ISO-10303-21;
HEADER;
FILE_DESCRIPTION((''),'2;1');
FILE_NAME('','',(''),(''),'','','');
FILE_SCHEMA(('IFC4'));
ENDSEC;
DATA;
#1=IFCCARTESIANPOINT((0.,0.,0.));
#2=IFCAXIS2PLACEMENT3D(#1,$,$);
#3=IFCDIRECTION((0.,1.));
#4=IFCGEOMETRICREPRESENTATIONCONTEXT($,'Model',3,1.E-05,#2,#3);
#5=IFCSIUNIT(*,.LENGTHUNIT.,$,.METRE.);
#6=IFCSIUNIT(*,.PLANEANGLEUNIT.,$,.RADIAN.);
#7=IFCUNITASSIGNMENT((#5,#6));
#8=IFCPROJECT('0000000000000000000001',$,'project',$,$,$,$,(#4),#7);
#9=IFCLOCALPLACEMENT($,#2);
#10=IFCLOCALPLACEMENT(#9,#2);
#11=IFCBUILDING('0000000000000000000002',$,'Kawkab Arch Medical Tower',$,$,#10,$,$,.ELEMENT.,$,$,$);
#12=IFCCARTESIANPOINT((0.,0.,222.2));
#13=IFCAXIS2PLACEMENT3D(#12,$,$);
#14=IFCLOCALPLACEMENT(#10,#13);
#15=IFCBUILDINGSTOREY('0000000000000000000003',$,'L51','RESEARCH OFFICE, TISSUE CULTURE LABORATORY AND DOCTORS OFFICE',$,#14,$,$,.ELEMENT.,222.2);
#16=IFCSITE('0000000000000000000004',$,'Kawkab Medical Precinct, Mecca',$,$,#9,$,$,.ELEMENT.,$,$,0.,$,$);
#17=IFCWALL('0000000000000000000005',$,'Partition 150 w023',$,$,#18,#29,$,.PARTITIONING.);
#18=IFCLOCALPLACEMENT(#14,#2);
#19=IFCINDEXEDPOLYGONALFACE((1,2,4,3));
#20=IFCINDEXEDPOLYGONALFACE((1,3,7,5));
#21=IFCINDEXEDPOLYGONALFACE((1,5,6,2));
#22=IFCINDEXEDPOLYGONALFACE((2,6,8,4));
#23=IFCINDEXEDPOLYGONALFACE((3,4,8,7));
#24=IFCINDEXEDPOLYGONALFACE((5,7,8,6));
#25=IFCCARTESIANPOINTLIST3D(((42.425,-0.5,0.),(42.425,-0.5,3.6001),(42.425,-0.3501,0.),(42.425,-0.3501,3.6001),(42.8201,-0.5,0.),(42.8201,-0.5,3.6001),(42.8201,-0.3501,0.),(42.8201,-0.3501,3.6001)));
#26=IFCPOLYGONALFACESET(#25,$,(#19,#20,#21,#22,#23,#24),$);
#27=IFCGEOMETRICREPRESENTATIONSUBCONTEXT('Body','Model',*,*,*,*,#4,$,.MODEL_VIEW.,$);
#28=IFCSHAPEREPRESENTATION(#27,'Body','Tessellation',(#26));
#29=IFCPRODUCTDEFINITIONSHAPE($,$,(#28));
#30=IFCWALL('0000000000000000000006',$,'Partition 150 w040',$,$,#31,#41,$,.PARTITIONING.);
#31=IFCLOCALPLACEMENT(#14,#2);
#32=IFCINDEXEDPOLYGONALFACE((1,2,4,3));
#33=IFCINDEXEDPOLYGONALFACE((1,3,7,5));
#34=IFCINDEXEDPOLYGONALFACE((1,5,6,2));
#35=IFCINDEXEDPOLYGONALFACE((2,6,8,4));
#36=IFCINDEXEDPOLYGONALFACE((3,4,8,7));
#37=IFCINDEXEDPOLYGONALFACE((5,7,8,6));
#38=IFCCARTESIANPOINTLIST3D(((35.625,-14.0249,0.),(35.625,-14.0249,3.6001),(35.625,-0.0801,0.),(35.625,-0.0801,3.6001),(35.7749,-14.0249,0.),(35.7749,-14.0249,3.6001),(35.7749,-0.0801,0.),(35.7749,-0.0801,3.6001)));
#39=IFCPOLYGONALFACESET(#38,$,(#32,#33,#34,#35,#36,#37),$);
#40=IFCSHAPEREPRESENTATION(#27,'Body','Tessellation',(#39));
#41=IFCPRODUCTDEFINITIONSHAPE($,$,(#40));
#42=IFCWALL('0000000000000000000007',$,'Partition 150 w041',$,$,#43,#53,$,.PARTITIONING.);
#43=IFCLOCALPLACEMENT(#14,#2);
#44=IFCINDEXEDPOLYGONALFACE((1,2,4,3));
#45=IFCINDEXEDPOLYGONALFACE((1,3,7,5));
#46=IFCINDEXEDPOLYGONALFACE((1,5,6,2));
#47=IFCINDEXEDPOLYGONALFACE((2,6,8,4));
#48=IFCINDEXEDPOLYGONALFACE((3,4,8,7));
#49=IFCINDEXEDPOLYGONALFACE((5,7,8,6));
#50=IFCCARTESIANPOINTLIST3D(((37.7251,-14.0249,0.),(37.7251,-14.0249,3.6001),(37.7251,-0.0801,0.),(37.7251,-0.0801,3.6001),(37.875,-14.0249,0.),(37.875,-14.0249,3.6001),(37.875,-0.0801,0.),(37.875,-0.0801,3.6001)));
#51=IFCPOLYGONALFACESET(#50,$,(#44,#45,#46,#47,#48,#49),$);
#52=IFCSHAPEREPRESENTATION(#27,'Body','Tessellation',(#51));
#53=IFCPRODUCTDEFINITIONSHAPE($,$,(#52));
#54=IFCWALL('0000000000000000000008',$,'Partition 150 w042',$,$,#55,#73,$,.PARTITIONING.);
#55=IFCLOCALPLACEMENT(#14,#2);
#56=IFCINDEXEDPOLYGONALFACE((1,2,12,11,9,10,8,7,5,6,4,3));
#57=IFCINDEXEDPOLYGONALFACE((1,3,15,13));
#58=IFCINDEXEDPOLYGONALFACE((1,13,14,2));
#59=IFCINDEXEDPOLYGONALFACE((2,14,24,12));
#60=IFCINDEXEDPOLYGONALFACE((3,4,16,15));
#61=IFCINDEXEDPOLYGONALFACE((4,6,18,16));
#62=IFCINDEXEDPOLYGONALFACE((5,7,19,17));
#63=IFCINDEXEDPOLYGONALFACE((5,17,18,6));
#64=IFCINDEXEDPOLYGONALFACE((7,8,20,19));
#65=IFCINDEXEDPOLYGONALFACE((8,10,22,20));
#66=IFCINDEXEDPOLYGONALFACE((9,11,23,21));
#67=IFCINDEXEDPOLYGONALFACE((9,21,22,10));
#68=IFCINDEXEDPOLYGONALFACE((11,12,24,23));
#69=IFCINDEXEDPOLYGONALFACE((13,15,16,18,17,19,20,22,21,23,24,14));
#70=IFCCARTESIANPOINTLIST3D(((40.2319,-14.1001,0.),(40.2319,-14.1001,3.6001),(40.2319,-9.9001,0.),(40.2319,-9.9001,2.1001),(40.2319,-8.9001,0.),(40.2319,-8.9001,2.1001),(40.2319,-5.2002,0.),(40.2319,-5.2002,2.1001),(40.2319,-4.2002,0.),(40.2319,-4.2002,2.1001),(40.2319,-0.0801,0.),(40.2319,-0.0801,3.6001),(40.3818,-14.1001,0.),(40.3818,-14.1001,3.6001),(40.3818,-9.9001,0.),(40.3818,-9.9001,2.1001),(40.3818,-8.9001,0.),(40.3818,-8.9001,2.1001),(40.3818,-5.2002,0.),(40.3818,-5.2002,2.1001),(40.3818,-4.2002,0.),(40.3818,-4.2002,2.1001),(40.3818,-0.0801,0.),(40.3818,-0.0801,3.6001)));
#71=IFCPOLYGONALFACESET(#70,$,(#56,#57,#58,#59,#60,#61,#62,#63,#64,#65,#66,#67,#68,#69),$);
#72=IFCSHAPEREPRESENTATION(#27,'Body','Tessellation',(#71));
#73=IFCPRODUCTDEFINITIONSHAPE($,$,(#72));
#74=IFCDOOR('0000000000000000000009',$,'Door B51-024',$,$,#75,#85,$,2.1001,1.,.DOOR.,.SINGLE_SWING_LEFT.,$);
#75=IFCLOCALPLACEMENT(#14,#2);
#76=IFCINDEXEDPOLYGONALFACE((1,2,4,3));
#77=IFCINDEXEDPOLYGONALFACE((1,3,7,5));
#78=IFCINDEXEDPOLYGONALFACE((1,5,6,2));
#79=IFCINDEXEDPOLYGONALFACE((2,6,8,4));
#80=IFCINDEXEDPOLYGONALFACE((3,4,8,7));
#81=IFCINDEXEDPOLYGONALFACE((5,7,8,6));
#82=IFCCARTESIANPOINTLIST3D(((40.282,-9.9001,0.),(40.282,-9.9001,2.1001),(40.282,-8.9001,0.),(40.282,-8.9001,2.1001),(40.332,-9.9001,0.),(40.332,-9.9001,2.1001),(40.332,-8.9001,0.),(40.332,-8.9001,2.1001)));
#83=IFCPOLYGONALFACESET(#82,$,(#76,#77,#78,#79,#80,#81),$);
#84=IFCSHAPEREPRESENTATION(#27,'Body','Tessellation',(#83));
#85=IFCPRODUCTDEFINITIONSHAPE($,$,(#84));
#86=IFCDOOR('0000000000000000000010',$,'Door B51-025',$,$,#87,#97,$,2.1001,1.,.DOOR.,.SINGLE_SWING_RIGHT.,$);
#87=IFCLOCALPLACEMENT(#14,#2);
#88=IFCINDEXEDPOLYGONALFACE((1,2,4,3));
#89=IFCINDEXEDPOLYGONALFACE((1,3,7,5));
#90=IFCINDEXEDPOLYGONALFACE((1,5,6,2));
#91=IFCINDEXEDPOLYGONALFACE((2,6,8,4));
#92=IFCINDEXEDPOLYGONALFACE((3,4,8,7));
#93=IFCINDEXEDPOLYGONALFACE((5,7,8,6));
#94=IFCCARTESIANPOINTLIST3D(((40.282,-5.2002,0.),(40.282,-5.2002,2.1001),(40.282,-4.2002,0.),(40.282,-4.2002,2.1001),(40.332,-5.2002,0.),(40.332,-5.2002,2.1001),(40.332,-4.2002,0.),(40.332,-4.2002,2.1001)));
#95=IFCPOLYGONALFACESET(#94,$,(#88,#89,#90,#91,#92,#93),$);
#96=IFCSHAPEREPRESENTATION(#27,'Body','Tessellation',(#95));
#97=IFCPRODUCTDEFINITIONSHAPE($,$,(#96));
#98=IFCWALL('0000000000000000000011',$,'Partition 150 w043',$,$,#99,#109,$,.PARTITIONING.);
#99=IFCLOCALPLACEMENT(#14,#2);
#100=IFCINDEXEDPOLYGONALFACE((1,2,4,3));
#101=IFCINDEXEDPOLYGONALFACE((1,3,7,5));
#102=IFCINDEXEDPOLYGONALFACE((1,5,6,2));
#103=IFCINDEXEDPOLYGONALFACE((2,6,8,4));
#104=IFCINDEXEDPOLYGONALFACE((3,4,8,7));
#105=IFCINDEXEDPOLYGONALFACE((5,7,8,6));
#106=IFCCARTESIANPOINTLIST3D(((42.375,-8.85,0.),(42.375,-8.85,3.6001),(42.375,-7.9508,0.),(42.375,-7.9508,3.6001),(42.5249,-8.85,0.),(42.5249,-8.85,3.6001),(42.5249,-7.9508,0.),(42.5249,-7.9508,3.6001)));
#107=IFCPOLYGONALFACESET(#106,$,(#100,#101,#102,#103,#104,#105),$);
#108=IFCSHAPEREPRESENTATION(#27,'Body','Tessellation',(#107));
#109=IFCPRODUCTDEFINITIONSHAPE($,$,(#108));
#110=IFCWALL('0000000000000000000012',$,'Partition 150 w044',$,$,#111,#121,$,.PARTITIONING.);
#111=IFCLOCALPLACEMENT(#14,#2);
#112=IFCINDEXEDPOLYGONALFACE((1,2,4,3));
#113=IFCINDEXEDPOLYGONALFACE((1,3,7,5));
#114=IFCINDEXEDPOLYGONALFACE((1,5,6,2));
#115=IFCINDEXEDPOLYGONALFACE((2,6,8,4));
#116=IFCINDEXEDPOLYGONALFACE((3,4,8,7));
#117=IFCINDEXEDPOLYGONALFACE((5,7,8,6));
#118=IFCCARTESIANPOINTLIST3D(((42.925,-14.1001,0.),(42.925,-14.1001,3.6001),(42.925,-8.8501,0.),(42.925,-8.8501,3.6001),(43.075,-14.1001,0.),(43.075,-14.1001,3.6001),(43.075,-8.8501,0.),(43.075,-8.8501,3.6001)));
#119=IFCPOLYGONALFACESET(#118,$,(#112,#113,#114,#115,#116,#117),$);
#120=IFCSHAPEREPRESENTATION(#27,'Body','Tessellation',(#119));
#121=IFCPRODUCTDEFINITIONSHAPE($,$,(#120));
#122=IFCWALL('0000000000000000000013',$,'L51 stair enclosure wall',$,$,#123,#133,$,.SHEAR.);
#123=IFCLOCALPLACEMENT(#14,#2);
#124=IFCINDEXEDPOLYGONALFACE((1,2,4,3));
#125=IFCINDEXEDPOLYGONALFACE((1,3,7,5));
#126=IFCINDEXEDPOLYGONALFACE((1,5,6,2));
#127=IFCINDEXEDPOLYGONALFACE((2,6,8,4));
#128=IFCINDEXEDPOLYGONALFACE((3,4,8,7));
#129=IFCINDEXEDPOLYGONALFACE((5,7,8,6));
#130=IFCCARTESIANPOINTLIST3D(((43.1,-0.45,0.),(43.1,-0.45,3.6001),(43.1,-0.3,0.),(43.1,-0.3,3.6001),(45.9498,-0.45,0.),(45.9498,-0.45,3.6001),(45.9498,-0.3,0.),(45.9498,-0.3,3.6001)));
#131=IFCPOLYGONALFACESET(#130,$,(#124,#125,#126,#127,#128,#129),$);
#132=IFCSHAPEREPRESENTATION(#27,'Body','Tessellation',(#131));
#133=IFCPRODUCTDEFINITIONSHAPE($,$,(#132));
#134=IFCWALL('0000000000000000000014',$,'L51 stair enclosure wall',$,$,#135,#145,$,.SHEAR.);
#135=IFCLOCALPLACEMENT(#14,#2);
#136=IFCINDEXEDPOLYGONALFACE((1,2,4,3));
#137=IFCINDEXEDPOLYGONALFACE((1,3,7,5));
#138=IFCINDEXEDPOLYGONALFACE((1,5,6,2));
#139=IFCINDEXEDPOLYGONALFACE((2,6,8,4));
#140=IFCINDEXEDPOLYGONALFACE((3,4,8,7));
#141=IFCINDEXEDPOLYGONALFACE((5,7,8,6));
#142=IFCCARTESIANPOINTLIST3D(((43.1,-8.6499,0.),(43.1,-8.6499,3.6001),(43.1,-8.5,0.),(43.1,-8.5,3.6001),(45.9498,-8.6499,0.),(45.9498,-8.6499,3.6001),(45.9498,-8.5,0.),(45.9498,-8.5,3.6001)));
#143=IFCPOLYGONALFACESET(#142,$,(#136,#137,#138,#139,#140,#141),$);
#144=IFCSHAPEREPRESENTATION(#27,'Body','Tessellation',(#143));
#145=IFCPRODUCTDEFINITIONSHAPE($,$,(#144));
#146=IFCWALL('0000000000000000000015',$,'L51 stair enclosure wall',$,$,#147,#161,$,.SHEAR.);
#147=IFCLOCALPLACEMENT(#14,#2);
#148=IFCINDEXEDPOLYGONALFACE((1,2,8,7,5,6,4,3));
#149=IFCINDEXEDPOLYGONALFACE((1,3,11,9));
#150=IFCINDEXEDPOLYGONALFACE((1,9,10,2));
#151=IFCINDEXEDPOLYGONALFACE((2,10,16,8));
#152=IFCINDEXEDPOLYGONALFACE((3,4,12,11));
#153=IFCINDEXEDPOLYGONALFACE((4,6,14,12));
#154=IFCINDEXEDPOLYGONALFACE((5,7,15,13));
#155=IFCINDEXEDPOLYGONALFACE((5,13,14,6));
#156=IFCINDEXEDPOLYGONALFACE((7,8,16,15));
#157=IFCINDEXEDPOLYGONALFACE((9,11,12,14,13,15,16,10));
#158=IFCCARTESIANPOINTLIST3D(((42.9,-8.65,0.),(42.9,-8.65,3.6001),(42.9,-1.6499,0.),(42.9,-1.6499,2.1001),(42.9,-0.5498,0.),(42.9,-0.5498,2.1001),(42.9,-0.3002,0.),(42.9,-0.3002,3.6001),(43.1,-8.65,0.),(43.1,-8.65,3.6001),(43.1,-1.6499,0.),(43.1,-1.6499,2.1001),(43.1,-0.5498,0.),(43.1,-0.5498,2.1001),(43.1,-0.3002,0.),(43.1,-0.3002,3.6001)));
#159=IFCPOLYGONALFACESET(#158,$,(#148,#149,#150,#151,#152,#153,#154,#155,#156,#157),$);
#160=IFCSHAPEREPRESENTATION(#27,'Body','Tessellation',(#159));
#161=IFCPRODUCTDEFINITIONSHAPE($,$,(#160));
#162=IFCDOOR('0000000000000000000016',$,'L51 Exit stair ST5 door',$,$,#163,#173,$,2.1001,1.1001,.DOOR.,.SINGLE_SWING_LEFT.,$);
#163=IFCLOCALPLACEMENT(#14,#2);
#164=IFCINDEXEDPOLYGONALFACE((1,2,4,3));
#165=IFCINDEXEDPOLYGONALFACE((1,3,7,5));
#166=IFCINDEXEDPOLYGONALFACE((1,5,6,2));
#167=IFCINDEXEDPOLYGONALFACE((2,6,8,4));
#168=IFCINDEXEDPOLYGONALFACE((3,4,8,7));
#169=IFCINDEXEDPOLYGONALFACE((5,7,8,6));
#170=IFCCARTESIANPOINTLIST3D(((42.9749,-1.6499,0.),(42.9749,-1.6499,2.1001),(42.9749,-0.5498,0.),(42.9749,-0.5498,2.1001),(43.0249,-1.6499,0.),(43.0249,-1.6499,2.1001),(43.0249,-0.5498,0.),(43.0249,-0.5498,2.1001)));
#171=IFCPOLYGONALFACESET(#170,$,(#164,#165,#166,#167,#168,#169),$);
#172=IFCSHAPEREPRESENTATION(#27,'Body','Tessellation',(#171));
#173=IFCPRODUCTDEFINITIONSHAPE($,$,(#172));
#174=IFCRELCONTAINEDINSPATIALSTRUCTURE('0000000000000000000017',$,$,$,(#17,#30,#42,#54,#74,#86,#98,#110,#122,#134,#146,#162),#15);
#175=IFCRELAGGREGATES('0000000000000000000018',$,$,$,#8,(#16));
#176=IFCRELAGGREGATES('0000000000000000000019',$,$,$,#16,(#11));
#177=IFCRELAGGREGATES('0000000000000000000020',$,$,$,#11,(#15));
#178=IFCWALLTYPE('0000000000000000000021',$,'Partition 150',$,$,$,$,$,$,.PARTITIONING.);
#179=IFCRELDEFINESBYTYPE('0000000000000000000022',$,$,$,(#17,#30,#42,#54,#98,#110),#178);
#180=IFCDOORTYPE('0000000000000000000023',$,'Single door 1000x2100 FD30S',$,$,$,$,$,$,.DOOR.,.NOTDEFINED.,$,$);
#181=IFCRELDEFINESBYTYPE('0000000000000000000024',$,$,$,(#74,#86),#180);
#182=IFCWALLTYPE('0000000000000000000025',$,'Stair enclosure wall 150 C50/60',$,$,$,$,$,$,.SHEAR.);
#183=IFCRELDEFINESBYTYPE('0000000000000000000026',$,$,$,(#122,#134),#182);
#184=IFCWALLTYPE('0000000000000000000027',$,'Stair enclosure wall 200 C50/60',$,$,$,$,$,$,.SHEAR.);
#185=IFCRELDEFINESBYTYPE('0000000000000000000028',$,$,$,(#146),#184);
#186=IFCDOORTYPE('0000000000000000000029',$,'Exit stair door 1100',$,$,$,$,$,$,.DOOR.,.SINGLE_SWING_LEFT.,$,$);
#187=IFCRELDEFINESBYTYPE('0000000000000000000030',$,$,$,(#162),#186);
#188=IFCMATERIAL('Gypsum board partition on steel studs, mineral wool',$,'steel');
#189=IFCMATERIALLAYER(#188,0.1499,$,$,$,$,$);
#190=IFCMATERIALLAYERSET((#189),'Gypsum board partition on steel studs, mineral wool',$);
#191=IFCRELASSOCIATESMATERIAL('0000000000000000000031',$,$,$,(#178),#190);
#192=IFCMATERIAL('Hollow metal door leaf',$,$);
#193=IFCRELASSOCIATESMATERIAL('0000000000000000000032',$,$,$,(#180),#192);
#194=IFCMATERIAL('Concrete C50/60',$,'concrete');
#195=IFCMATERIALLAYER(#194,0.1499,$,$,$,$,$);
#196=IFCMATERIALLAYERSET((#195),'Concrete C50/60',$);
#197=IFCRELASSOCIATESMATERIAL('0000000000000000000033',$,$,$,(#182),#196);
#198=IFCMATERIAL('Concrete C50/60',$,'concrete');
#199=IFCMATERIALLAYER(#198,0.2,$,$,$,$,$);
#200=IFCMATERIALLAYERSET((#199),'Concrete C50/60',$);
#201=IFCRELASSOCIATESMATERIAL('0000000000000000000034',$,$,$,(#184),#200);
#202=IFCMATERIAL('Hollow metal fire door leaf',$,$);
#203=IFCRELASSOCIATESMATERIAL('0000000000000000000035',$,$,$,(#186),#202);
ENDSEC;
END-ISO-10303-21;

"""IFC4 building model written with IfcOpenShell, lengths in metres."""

from ifc_helpers import new_model, si_unit, direction, frame, frame_2d, origin, place, context, subcontext, project, spatial, rectangle, extrude, material, layer, layer_set, type_object, element, fill, save


model = new_model("IFC4")

# Units and contexts
model_context = context("Model", 3, precision=1e-05, world=origin(), true_north=direction((0.0, 1.0)))
body_context = subcontext(model_context, "Body", "Model", "MODEL_VIEW")
ifc_project = project(units=[si_unit("LENGTHUNIT", "METRE"), si_unit("PLANEANGLEUNIT", "RADIAN")], contexts=[model_context])

# Site, building, storey
site_placement = place(None, origin())
site = spatial("IfcSite", under=ifc_project, at=site_placement, Name="Kawkab Medical Precinct, Mecca", CompositionType="ELEMENT", RefElevation=0.0)
building_placement = place(site_placement, origin())
building = spatial("IfcBuilding", under=site, at=building_placement, Name="Kawkab Arch Medical Tower", CompositionType="ELEMENT")
storey_placement = place(building_placement, frame((0.0, 0.0, 222.2)))
storey = spatial("IfcBuildingStorey", under=building, at=storey_placement, Name="L51", Description="RESEARCH OFFICE, TISSUE CULTURE LABORATORY AND DOCTORS OFFICE", CompositionType="ELEMENT", Elevation=222.2)

# Shared definitions
ifc_material_1 = material(Name="Gypsum board partition on steel studs, mineral wool", Category="steel")
ifc_layer_1 = layer(ifc_material_1, 0.1499)
ifc_layer_set_1 = layer_set([ifc_layer_1], Name="Gypsum board partition on steel studs, mineral wool")
wall_type_1 = type_object("IfcWallType", Name="Partition 150", PredefinedType="PARTITIONING", material=ifc_layer_set_1)
ifc_material_2 = material(Name="Hollow metal door leaf")
door_type_1 = type_object("IfcDoorType", Name="Single door 1000x2100 FD30S", OperationType="NOTDEFINED", PredefinedType="DOOR", material=ifc_material_2)

# Walls
wall_1_placement = place(storey_placement, frame((42.425, -0.425, 0.0), z_axis=(0.0, 0.0, 1.0), x_axis=(1.0, 0.0, 0.0)))
element("IfcWall", 1, at=wall_1_placement, inside=storey, type_object=wall_type_1, Name="Partition 150 w023", PredefinedType="PARTITIONING", context=body_context, shape_type="SweptSolid", body=[
    extrude(rectangle(XDim=0.395, YDim=0.1499, at=frame_2d((0.1975, 0.0))), origin(), (0.0, 0.0, 1.0), 3.6001),
])
for number, where, z_axis, x_axis, name in (
    (2, (35.7, -14.0249, 0.0), (0.0, 0.0, 1.0), (0.0, 1.0, 0.0), "Partition 150 w040"),
    (3, (37.8, -14.0249, 0.0), (0.0, 0.0, 1.0), (0.0, 1.0, 0.0), "Partition 150 w041"),
):
    element("IfcWall", number, at=place(storey_placement, frame(where, z_axis=z_axis, x_axis=x_axis)), inside=storey, type_object=wall_type_1, Name=name, PredefinedType="PARTITIONING", context=body_context, shape_type="SweptSolid", body=[
        extrude(rectangle(XDim=13.9448, YDim=0.1499, at=frame_2d((6.9724, 0.0))), origin(), (0.0, 0.0, 1.0), 3.6001),
    ])

# Wall, openings, doors
wall_2_placement = place(storey_placement, frame((40.3069, -14.1001, 0.0), z_axis=(0.0, 0.0, 1.0), x_axis=(0.0, 1.0, 0.0)))
wall_2 = element("IfcWall", 4, at=wall_2_placement, inside=storey, type_object=wall_type_1, Name="Partition 150 w042", PredefinedType="PARTITIONING", context=body_context, shape_type="SweptSolid", body=[
    extrude(rectangle(XDim=14.02, YDim=0.1499, at=frame_2d((7.01, 0.0))), origin(), (0.0, 0.0, 1.0), 3.6001),
])
opening_1_placement = place(wall_2_placement, frame((4.2, 0.0, 0.0)))
opening_1 = element("IfcOpeningElement", 5, at=opening_1_placement, cuts=wall_2, PredefinedType="OPENING", context=body_context, shape_type="SweptSolid", body=[
    extrude(rectangle(XDim=1.0, YDim=2.1001, at=frame_2d((0.5, 1.05))), frame((0.0, 0.085, 0.0), z_axis=(0.0, -1.0, 0.0), x_axis=(1.0, 0.0, 0.0)), (0.0, 0.0, 1.0), 0.1699),
])
opening_2_placement = place(wall_2_placement, frame((8.8999, 0.0, 0.0)))
opening_2 = element("IfcOpeningElement", 6, at=opening_2_placement, cuts=wall_2, PredefinedType="OPENING", context=body_context, shape_type="SweptSolid", body=[
    extrude(rectangle(XDim=1.0, YDim=2.1001, at=frame_2d((0.5, 1.05))), frame((0.0, 0.085, 0.0), z_axis=(0.0, -1.0, 0.0), x_axis=(1.0, 0.0, 0.0)), (0.0, 0.0, 1.0), 0.1699),
])
door_1_placement = place(opening_1_placement, origin())
door_1 = element("IfcDoor", 7, at=door_1_placement, inside=storey, type_object=door_type_1, Name="Door B51-024", OperationType="SINGLE_SWING_LEFT", OverallHeight=2.1001, OverallWidth=1.0, PredefinedType="DOOR", context=body_context, shape_type="SweptSolid", body=[
    extrude(rectangle(XDim=1.0, YDim=2.1001, at=frame_2d((0.5, 1.05))), frame((0.0, 0.0249, 0.0), z_axis=(0.0, -1.0, 0.0), x_axis=(1.0, 0.0, 0.0)), (0.0, 0.0, 1.0), 0.05),
])
fill(opening_1, door_1)
door_2_placement = place(opening_2_placement, origin())
door_2 = element("IfcDoor", 8, at=door_2_placement, inside=storey, type_object=door_type_1, Name="Door B51-025", OperationType="SINGLE_SWING_RIGHT", OverallHeight=2.1001, OverallWidth=1.0, PredefinedType="DOOR", context=body_context, shape_type="SweptSolid", body=[
    extrude(rectangle(XDim=1.0, YDim=2.1001, at=frame_2d((0.5, 1.05))), frame((0.0, 0.0249, 0.0), z_axis=(0.0, -1.0, 0.0), x_axis=(1.0, 0.0, 0.0)), (0.0, 0.0, 1.0), 0.05),
])
fill(opening_2, door_2)

# Walls
wall_3_placement = place(storey_placement, frame((42.45, -8.8501, 0.0), z_axis=(0.0, 0.0, 1.0), x_axis=(0.0, 1.0, 0.0)))
element("IfcWall", 9, at=wall_3_placement, inside=storey, type_object=wall_type_1, Name="Partition 150 w043", PredefinedType="PARTITIONING", context=body_context, shape_type="SweptSolid", body=[
    extrude(rectangle(XDim=0.8992, YDim=0.1499, at=frame_2d((0.4497, 0.0))), origin(), (0.0, 0.0, 1.0), 3.6001),
])
wall_4_placement = place(storey_placement, frame((43.0, -14.1001, 0.0), z_axis=(0.0, 0.0, 1.0), x_axis=(0.0, 1.0, 0.0)))
element("IfcWall", 10, at=wall_4_placement, inside=storey, type_object=wall_type_1, Name="Partition 150 w044", PredefinedType="PARTITIONING", context=body_context, shape_type="SweptSolid", body=[
    extrude(rectangle(XDim=5.25, YDim=0.1499, at=frame_2d((2.625, 0.0))), origin(), (0.0, 0.0, 1.0), 3.6001),
])
ifc_material_3 = material(Name="Concrete C50/60", Category="concrete")
ifc_layer_2 = layer(ifc_material_3, 0.1499)
ifc_layer_set_2 = layer_set([ifc_layer_2], Name="Concrete C50/60")
wall_type_2 = type_object("IfcWallType", Name="Stair enclosure wall 150 C50/60", PredefinedType="SHEAR", material=ifc_layer_set_2)
for number, where, z_axis, x_axis, name in (
    (11, (43.1001, -0.375, 0.0), (0.0, 0.0, 1.0), (1.0, 0.0, 0.0), "L51 stair enclosure wall"),
    (12, (43.1001, -8.575, 0.0), (0.0, 0.0, 1.0), (1.0, 0.0, 0.0), "L51 stair enclosure wall"),
):
    element("IfcWall", number, at=place(storey_placement, frame(where, z_axis=z_axis, x_axis=x_axis)), inside=storey, type_object=wall_type_2, Name=name, PredefinedType="SHEAR", context=body_context, shape_type="SweptSolid", body=[
        extrude(rectangle(XDim=2.8499, YDim=0.1499, at=frame_2d((1.4248, 0.0))), origin(), (0.0, 0.0, 1.0), 3.6001),
    ])

# Wall, opening, door
ifc_material_4 = material(Name="Concrete C50/60", Category="concrete")
ifc_layer_3 = layer(ifc_material_4, 0.2)
ifc_layer_set_3 = layer_set([ifc_layer_3], Name="Concrete C50/60")
wall_type_3 = type_object("IfcWallType", Name="Stair enclosure wall 200 C50/60", PredefinedType="SHEAR", material=ifc_layer_set_3)
wall_5_placement = place(storey_placement, frame((43.0, -8.6499, 0.0), z_axis=(0.0, 0.0, 1.0), x_axis=(0.0, 1.0, 0.0)))
wall_5 = element("IfcWall", 13, at=wall_5_placement, inside=storey, type_object=wall_type_3, Name="L51 stair enclosure wall", PredefinedType="SHEAR", context=body_context, shape_type="SweptSolid", body=[
    extrude(rectangle(XDim=8.3499, YDim=0.2, at=frame_2d((4.1748, 0.0))), origin(), (0.0, 0.0, 1.0), 3.6001),
])
opening_3_placement = place(wall_5_placement, frame((7.0, 0.0, 0.0)))
opening_3 = element("IfcOpeningElement", 14, at=opening_3_placement, cuts=wall_5, PredefinedType="OPENING", context=body_context, shape_type="SweptSolid", body=[
    extrude(rectangle(XDim=1.1001, YDim=2.1001, at=frame_2d((0.55, 1.05))), frame((0.0, 0.1099, 0.0), z_axis=(0.0, -1.0, 0.0), x_axis=(1.0, 0.0, 0.0)), (0.0, 0.0, 1.0), 0.22),
])
ifc_material_5 = material(Name="Hollow metal fire door leaf")
door_type_2 = type_object("IfcDoorType", Name="Exit stair door 1100", OperationType="SINGLE_SWING_LEFT", PredefinedType="DOOR", material=ifc_material_5)
door_3_placement = place(opening_3_placement, frame((1.1001, 0.0, 0.0), z_axis=(0.0, 0.0, 1.0), x_axis=(-1.0, 0.0, 0.0)))
door_3 = element("IfcDoor", 15, at=door_3_placement, inside=storey, type_object=door_type_2, Name="L51 Exit stair ST5 door", OperationType="SINGLE_SWING_LEFT", OverallHeight=2.1001, OverallWidth=1.1001, PredefinedType="DOOR", context=body_context, shape_type="SweptSolid", body=[
    extrude(rectangle(XDim=1.1001, YDim=2.1001, at=frame_2d((0.55, 1.05))), frame((0.0, 0.0249, 0.0), z_axis=(0.0, -1.0, 0.0), x_axis=(1.0, 0.0, 0.0)), (0.0, 0.0, 1.0), 0.05),
])
fill(opening_3, door_3)

save(model, "model.ifc")
